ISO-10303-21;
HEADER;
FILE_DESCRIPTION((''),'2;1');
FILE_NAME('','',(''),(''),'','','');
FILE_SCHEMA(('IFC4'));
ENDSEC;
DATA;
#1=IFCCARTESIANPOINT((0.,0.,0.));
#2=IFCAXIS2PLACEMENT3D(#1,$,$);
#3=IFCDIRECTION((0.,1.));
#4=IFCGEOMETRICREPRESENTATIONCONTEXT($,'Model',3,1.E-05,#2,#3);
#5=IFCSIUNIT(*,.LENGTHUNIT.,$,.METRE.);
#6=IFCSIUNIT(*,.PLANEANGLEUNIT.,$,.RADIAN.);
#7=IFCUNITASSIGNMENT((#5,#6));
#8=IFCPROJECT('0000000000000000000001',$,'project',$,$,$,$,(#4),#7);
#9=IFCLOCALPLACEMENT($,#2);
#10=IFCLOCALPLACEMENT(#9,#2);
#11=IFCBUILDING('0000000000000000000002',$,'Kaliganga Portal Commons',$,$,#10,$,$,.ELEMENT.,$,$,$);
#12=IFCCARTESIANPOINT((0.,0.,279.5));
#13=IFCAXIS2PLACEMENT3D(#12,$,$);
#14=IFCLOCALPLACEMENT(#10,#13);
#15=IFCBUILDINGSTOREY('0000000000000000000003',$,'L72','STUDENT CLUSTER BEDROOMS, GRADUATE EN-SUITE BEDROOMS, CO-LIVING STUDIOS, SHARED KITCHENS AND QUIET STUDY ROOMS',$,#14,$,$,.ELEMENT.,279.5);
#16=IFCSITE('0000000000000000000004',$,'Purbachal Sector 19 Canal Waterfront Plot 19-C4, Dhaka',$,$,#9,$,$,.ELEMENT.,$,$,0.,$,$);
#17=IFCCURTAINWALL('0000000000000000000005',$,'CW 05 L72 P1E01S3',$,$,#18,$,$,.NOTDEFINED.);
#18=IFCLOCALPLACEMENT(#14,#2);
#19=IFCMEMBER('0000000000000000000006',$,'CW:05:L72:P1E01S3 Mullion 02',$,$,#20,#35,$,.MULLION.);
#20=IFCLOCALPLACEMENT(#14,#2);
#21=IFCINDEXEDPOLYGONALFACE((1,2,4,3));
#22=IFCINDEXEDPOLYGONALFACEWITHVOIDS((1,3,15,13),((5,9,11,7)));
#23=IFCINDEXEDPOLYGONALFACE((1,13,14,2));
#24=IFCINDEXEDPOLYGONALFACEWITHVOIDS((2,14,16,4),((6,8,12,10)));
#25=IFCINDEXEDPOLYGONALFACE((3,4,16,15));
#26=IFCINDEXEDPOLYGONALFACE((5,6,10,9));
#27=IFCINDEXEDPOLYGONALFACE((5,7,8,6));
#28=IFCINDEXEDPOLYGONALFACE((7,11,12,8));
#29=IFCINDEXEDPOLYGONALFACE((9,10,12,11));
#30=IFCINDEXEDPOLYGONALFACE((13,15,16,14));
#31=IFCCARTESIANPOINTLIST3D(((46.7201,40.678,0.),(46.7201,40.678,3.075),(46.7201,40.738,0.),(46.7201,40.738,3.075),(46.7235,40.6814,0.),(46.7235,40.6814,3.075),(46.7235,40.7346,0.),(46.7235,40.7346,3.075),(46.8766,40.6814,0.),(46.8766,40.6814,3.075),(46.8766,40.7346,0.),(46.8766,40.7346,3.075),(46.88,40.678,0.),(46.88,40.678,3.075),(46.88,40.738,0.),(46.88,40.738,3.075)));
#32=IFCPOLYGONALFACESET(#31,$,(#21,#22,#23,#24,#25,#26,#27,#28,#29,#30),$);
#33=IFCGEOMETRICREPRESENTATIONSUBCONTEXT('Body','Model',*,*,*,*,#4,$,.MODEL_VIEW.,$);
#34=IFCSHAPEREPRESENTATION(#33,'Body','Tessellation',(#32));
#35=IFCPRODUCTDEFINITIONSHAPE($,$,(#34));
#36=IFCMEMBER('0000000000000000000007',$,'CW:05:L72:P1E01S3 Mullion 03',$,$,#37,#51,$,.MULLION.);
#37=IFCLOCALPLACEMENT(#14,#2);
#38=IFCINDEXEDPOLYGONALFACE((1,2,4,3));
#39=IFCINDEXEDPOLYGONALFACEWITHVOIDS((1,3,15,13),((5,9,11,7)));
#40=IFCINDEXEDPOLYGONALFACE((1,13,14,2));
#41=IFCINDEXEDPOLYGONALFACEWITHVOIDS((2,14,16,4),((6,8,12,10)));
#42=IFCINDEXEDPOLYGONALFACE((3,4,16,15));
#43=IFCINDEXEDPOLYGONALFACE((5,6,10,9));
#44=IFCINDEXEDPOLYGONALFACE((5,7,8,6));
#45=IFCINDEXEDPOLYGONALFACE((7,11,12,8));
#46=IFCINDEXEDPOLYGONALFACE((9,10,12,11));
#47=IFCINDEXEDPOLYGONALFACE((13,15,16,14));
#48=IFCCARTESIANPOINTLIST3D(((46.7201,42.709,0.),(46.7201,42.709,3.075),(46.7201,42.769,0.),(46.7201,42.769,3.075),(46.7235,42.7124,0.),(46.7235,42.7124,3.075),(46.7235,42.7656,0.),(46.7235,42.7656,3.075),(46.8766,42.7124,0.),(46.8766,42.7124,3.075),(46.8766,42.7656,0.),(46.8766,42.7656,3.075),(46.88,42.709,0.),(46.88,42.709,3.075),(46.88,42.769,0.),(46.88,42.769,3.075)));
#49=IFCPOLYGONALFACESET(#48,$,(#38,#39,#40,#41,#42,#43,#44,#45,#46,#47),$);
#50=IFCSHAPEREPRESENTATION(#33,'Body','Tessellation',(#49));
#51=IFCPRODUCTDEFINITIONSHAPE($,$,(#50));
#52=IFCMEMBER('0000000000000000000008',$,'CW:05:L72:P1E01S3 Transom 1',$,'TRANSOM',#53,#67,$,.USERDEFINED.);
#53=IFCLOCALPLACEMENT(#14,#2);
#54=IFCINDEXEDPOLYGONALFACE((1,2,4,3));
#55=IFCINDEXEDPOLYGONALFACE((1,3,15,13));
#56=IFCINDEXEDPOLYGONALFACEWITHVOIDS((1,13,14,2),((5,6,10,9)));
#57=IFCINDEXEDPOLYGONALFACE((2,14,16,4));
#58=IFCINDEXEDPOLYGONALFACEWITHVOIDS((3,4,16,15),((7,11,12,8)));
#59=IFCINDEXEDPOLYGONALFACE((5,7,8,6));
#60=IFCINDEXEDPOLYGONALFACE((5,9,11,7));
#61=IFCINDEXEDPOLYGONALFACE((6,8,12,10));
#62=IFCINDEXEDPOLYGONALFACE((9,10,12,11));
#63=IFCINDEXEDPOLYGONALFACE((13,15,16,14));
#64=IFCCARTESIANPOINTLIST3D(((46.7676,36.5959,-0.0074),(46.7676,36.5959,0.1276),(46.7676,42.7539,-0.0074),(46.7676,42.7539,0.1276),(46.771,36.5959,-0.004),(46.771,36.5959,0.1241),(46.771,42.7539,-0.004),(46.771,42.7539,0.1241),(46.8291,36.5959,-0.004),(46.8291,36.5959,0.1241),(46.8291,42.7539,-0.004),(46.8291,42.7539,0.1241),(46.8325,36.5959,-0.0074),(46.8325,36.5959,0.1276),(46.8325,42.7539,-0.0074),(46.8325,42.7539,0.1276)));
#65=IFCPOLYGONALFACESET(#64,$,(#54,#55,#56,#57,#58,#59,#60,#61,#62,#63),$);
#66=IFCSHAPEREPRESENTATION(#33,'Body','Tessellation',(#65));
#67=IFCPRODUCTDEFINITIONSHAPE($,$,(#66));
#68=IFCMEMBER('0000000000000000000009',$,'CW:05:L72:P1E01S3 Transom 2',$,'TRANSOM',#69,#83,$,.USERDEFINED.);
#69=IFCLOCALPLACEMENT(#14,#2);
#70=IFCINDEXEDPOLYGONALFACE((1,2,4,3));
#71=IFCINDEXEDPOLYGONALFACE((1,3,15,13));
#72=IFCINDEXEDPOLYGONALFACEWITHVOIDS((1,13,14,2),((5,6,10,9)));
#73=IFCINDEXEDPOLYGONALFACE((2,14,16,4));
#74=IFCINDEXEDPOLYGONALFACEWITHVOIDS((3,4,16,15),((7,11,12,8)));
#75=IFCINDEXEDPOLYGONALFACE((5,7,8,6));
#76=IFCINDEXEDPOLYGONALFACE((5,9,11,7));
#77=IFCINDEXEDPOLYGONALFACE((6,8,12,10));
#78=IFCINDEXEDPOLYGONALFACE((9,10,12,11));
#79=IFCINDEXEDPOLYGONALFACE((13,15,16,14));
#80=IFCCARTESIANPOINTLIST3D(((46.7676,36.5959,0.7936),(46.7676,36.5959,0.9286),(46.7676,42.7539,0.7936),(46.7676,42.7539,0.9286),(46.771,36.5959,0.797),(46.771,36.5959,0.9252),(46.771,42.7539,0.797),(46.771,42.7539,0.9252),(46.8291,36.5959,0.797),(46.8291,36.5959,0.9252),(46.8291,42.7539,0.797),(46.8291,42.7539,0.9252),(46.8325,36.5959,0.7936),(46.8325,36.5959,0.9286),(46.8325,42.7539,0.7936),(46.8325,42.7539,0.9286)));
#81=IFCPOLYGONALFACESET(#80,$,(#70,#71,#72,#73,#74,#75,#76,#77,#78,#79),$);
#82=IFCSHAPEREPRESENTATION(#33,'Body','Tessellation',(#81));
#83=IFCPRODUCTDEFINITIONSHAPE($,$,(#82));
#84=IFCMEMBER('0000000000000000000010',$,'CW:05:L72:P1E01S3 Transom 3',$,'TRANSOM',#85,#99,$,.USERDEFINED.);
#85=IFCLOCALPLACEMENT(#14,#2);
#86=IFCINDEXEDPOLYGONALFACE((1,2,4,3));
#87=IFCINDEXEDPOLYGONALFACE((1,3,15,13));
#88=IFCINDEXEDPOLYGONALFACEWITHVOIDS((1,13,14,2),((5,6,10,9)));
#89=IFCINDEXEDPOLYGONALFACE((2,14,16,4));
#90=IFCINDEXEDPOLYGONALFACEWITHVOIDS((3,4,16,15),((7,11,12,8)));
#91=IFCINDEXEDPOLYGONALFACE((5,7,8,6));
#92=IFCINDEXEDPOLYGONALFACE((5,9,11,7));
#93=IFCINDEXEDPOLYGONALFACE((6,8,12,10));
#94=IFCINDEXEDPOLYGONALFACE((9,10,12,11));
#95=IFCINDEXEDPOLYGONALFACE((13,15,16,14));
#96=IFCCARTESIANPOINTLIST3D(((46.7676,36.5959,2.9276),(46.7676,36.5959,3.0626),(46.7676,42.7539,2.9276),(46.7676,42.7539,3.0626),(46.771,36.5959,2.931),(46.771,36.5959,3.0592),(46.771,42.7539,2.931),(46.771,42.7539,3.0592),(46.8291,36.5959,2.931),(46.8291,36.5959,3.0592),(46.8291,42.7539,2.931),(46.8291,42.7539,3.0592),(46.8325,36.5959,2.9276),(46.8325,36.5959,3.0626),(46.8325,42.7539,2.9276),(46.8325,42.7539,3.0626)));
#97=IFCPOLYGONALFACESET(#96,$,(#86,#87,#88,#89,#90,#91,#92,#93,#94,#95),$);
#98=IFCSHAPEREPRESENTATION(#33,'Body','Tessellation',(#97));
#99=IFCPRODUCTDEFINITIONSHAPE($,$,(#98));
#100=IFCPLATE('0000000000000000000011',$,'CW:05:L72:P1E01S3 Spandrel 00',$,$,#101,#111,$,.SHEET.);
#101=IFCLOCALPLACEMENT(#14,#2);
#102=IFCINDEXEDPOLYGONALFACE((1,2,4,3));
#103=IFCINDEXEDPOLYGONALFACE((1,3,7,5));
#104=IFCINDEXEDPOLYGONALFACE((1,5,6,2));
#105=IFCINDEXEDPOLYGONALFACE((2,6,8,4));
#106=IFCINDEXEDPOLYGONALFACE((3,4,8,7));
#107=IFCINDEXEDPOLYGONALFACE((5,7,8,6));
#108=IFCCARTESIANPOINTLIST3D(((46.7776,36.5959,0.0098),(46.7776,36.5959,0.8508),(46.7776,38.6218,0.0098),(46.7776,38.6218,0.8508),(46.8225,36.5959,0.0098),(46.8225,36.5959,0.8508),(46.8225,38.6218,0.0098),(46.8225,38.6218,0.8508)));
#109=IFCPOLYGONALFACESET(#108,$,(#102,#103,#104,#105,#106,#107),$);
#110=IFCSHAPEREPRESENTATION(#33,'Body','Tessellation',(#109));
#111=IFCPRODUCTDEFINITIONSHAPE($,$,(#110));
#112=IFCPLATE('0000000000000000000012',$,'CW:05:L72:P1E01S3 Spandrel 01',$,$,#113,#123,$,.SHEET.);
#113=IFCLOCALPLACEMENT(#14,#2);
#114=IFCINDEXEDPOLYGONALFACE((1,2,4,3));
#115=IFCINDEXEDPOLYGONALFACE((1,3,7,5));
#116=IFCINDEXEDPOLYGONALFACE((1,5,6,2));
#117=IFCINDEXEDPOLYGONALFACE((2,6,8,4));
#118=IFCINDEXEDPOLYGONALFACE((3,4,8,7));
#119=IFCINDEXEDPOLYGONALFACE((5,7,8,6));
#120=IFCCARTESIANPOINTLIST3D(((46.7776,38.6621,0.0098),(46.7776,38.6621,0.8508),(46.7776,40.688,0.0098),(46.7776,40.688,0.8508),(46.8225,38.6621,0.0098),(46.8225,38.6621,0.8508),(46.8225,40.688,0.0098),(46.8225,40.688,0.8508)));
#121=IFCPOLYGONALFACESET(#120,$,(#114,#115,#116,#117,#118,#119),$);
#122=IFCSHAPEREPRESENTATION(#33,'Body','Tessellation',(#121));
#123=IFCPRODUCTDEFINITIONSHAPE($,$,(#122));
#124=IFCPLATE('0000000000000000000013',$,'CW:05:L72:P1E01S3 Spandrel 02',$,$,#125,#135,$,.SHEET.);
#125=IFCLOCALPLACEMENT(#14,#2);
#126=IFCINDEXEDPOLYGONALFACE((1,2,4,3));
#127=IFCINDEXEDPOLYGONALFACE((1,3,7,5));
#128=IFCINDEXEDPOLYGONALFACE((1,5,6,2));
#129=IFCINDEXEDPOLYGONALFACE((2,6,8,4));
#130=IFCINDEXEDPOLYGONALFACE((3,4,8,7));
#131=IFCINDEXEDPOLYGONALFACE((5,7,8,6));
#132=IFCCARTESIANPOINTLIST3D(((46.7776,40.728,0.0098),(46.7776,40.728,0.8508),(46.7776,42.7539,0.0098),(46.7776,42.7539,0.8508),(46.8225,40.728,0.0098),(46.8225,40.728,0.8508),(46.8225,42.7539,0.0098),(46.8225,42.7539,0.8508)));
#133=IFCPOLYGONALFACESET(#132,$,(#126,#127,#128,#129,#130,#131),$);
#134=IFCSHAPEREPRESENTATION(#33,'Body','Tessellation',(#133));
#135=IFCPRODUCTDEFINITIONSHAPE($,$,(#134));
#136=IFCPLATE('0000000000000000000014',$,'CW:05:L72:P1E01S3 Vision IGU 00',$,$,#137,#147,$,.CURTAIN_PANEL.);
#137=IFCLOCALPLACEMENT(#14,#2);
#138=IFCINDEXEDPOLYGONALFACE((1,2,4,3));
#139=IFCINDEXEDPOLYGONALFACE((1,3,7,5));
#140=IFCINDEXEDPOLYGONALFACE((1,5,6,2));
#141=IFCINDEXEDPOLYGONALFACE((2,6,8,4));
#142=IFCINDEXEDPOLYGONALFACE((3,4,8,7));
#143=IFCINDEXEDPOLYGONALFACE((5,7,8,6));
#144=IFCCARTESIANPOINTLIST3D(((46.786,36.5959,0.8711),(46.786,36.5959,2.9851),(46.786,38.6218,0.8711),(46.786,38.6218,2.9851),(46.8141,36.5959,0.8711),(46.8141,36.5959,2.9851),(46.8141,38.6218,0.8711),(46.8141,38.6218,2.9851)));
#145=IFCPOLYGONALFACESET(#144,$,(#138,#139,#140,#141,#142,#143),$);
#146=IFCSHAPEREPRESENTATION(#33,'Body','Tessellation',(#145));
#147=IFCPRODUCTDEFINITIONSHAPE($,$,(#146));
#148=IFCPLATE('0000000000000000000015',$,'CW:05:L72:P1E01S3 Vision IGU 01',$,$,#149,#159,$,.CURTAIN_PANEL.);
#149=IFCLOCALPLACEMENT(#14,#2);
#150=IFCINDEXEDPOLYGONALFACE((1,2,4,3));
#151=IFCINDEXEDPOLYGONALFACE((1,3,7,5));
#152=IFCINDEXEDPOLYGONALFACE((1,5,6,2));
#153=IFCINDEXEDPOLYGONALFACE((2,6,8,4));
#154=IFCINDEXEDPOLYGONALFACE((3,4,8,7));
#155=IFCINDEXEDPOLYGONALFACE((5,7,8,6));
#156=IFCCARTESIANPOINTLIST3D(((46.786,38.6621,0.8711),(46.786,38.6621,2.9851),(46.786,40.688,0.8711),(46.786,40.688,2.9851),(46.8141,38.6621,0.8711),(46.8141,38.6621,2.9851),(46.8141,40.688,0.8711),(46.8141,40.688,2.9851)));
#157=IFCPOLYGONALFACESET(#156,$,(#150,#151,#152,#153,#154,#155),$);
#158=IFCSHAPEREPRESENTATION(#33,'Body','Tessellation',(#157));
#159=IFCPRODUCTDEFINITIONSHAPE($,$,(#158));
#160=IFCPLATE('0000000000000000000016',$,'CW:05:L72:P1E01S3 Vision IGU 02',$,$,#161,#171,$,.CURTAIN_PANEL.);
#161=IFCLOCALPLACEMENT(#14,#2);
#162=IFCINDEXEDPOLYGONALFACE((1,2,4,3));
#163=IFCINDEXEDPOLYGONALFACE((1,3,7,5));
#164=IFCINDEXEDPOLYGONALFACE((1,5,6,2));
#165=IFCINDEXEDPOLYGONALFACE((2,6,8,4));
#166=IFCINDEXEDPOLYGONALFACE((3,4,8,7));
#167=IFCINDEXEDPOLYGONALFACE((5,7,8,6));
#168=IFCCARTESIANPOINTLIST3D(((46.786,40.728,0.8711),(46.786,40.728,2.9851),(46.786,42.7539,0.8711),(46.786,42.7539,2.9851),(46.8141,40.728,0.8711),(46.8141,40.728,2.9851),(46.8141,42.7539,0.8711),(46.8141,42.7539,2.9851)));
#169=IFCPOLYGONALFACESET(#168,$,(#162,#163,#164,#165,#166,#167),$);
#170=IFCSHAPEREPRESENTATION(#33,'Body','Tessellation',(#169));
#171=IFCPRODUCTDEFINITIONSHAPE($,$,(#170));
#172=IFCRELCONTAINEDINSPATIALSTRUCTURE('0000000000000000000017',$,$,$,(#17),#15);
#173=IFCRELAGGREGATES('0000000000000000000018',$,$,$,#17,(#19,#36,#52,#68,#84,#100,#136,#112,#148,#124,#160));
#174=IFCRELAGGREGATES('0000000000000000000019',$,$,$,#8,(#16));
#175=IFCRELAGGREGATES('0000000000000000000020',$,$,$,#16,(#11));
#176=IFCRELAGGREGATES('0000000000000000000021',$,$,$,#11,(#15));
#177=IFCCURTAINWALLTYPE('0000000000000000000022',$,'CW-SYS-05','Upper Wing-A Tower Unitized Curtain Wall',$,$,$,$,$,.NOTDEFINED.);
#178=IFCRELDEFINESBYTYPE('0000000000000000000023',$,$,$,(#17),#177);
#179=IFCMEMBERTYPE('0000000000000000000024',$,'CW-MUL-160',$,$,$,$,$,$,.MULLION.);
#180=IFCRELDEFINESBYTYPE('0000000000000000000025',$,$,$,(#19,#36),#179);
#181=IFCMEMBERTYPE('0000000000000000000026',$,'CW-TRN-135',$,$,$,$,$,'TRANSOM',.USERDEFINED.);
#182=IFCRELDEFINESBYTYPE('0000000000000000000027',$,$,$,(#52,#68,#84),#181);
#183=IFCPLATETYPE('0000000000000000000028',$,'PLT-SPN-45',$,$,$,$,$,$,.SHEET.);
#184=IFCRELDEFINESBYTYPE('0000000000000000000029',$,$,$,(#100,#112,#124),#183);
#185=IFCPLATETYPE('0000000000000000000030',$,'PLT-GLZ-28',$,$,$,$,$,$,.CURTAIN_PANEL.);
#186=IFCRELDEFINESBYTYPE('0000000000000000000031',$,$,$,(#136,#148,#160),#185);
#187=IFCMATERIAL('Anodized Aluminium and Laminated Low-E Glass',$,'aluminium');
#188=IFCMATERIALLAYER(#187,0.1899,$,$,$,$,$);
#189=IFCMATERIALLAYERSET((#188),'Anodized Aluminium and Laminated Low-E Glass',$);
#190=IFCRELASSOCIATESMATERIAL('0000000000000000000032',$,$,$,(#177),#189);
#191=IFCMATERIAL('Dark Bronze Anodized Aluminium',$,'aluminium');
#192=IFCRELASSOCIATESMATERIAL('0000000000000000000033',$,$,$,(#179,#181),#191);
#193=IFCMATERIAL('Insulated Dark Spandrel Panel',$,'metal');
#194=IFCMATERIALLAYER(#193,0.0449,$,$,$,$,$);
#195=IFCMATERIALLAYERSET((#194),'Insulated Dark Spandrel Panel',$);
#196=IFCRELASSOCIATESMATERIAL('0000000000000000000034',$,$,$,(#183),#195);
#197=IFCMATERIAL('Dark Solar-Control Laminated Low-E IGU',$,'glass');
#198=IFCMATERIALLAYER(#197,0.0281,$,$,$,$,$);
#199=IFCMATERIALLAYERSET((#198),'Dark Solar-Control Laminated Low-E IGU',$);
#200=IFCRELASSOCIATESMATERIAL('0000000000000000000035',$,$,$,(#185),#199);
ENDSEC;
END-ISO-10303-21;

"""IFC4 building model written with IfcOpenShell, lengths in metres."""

from ifc_helpers import new_model, si_unit, direction, frame, origin, origin_2d, place, context, subcontext, project, spatial, rectangle, hollow_rectangle, extrude, source, transform, mapped, material, layer, layer_set, material_profile, profile_set, type_object, element, aggregate, save


model = new_model("IFC4")

# Units and contexts
model_context = context("Model", 3, precision=1e-05, world=origin(), true_north=direction((0.0, 1.0)))
body_context = subcontext(model_context, "Body", "Model", "MODEL_VIEW")
ifc_project = project(units=[si_unit("LENGTHUNIT", "METRE"), si_unit("PLANEANGLEUNIT", "RADIAN")], contexts=[model_context])

# Site, building, storey
site_placement = place(None, origin())
site = spatial("IfcSite", under=ifc_project, at=site_placement, Name="Purbachal Sector 19 Canal Waterfront Plot 19-C4, Dhaka", CompositionType="ELEMENT", RefElevation=0.0)
building_placement = place(site_placement, origin())
building = spatial("IfcBuilding", under=site, at=building_placement, Name="Kaliganga Portal Commons", CompositionType="ELEMENT")
storey_placement = place(building_placement, frame((0.0, 0.0, 279.5)))
storey = spatial("IfcBuildingStorey", under=building, at=storey_placement, Name="L72", Description="STUDENT CLUSTER BEDROOMS, GRADUATE EN-SUITE BEDROOMS, CO-LIVING STUDIOS, SHARED KITCHENS AND QUIET STUDY ROOMS", CompositionType="ELEMENT", Elevation=279.5)

# Shared definitions
ifc_material_1 = material(Name="Anodized Aluminium and Laminated Low-E Glass", Category="aluminium")
ifc_layer_1 = layer(ifc_material_1, 0.1899)
ifc_layer_set_1 = layer_set([ifc_layer_1], Name="Anodized Aluminium and Laminated Low-E Glass")
curtain_wall_type = type_object("IfcCurtainWallType", Name="CW-SYS-05", Description="Upper Wing-A Tower Unitized Curtain Wall", PredefinedType="NOTDEFINED", material=ifc_layer_set_1)
ifc_material_2 = material(Name="Dark Bronze Anodized Aluminium", Category="aluminium")
ifc_material_profile_1 = material_profile(ifc_material_2, hollow_rectangle(XDim=0.0601, YDim=0.1599, WallThickness=0.0034, at=origin_2d()), Name="ALU MULL 60x160x3.5")
ifc_profile_set_1 = profile_set([ifc_material_profile_1], Name="Dark Bronze Anodized Aluminium")
member_type_1 = type_object("IfcMemberType", Name="CW-MUL-160", PredefinedType="MULLION", material=ifc_profile_set_1)
shared_shape_1 = source(origin(), body_context, "Body", "SweptSolid", [
    extrude(hollow_rectangle(XDim=0.0601, YDim=0.1599, WallThickness=0.0034, at=origin_2d()), origin(), (0.0, 0.0, 1.0), 3.075),
])

# Curtain wall, members, plates
curtain_wall_1_placement = place(storey_placement, origin())
curtain_wall_1 = element("IfcCurtainWall", 1, at=curtain_wall_1_placement, inside=storey, type_object=curtain_wall_type, Name="CW 05 L72 P1E01S3", PredefinedType="NOTDEFINED")
member_1_placement = place(storey_placement, frame((46.8, 40.708, 0.0), z_axis=(0.0, 0.0, 1.0), x_axis=(0.0, 1.0, 0.0)))
member_1 = element("IfcMember", 2, at=member_1_placement, type_object=member_type_1, Name="CW:05:L72:P1E01S3 Mullion 02", PredefinedType="MULLION", context=body_context, shape_type="MappedRepresentation", body=[
    mapped(shared_shape_1, transform((0.0, 0.0, 0.0), x_axis=(1.0, 0.0, 0.0), y_axis=(0.0, 1.0, 0.0), z_axis=(0.0, 0.0, 1.0), scale=1.0)),
])
member_2_placement = place(storey_placement, frame((46.8, 42.739, 0.0), z_axis=(0.0, 0.0, 1.0), x_axis=(0.0, 1.0, 0.0)))
member_2 = element("IfcMember", 3, at=member_2_placement, type_object=member_type_1, Name="CW:05:L72:P1E01S3 Mullion 03", PredefinedType="MULLION", context=body_context, shape_type="MappedRepresentation", body=[
    mapped(shared_shape_1, transform((0.0, 0.0, 0.0), x_axis=(1.0, 0.0, 0.0), y_axis=(0.0, 1.0, 0.0), z_axis=(0.0, 0.0, 1.0), scale=1.0)),
])
ifc_material_profile_2 = material_profile(ifc_material_2, hollow_rectangle(XDim=0.0649, YDim=0.135, WallThickness=0.0034, at=origin_2d()), Name="ALU TRAN 65x135x3.5")
ifc_profile_set_2 = profile_set([ifc_material_profile_2], Name="Dark Bronze Anodized Aluminium")
member_type_2 = type_object("IfcMemberType", Name="CW-TRN-135", ElementType="TRANSOM", PredefinedType="USERDEFINED", material=ifc_profile_set_2)
shared_shape_2 = source(origin(), body_context, "Body", "SweptSolid", [
    extrude(hollow_rectangle(XDim=0.0649, YDim=0.135, WallThickness=0.0034, at=origin_2d()), origin(), (0.0, 0.0, 1.0), 6.158),
])
member_3_placement = place(storey_placement, frame((46.8, 36.5959, 0.0601), z_axis=(0.0, 1.0, 0.0), x_axis=(-1.0, 0.0, 0.0)))
member_3 = element("IfcMember", 4, at=member_3_placement, type_object=member_type_2, Name="CW:05:L72:P1E01S3 Transom 1", ObjectType="TRANSOM", PredefinedType="USERDEFINED", context=body_context, shape_type="MappedRepresentation", body=[
    mapped(shared_shape_2, transform((0.0, 0.0, 0.0), x_axis=(1.0, 0.0, 0.0), y_axis=(0.0, 1.0, 0.0), z_axis=(0.0, 0.0, 1.0), scale=1.0)),
])
member_4_placement = place(storey_placement, frame((46.8, 36.5959, 0.8611), z_axis=(0.0, 1.0, 0.0), x_axis=(-1.0, 0.0, 0.0)))
member_4 = element("IfcMember", 5, at=member_4_placement, type_object=member_type_2, Name="CW:05:L72:P1E01S3 Transom 2", ObjectType="TRANSOM", PredefinedType="USERDEFINED", context=body_context, shape_type="MappedRepresentation", body=[
    mapped(shared_shape_2, transform((0.0, 0.0, 0.0), x_axis=(1.0, 0.0, 0.0), y_axis=(0.0, 1.0, 0.0), z_axis=(0.0, 0.0, 1.0), scale=1.0)),
])
member_5_placement = place(storey_placement, frame((46.8, 36.5959, 2.9951), z_axis=(0.0, 1.0, 0.0), x_axis=(-1.0, 0.0, 0.0)))
member_5 = element("IfcMember", 6, at=member_5_placement, type_object=member_type_2, Name="CW:05:L72:P1E01S3 Transom 3", ObjectType="TRANSOM", PredefinedType="USERDEFINED", context=body_context, shape_type="MappedRepresentation", body=[
    mapped(shared_shape_2, transform((0.0, 0.0, 0.0), x_axis=(1.0, 0.0, 0.0), y_axis=(0.0, 1.0, 0.0), z_axis=(0.0, 0.0, 1.0), scale=1.0)),
])
ifc_material_3 = material(Name="Insulated Dark Spandrel Panel", Category="metal")
ifc_layer_2 = layer(ifc_material_3, 0.0449)
ifc_layer_set_2 = layer_set([ifc_layer_2], Name="Insulated Dark Spandrel Panel")
plate_type_1 = type_object("IfcPlateType", Name="PLT-SPN-45", PredefinedType="SHEET", material=ifc_layer_set_2)
shared_shape_3 = source(origin(), body_context, "Body", "SweptSolid", [
    extrude(rectangle(XDim=2.0259, YDim=0.0449, at=origin_2d()), origin(), (0.0, 0.0, 1.0), 0.8411),
])
plate_1_placement = place(storey_placement, frame((46.8, 37.6089, 0.0098), z_axis=(0.0, 0.0, 1.0), x_axis=(0.0, 1.0, 0.0)))
plate_1 = element("IfcPlate", 7, at=plate_1_placement, type_object=plate_type_1, Name="CW:05:L72:P1E01S3 Spandrel 00", PredefinedType="SHEET", context=body_context, shape_type="MappedRepresentation", body=[
    mapped(shared_shape_3, transform((0.0, 0.0, 0.0), x_axis=(1.0, 0.0, 0.0), y_axis=(0.0, 1.0, 0.0), z_axis=(0.0, 0.0, 1.0), scale=1.0)),
])
plate_2_placement = place(storey_placement, frame((46.8, 39.675, 0.0098), z_axis=(0.0, 0.0, 1.0), x_axis=(0.0, 1.0, 0.0)))
plate_2 = element("IfcPlate", 8, at=plate_2_placement, type_object=plate_type_1, Name="CW:05:L72:P1E01S3 Spandrel 01", PredefinedType="SHEET", context=body_context, shape_type="MappedRepresentation", body=[
    mapped(shared_shape_3, transform((0.0, 0.0, 0.0), x_axis=(1.0, 0.0, 0.0), y_axis=(0.0, 1.0, 0.0), z_axis=(0.0, 0.0, 1.0), scale=1.0)),
])
plate_3_placement = place(storey_placement, frame((46.8, 41.741, 0.0098), z_axis=(0.0, 0.0, 1.0), x_axis=(0.0, 1.0, 0.0)))
plate_3 = element("IfcPlate", 9, at=plate_3_placement, type_object=plate_type_1, Name="CW:05:L72:P1E01S3 Spandrel 02", PredefinedType="SHEET", context=body_context, shape_type="MappedRepresentation", body=[
    mapped(shared_shape_3, transform((0.0, 0.0, 0.0), x_axis=(1.0, 0.0, 0.0), y_axis=(0.0, 1.0, 0.0), z_axis=(0.0, 0.0, 1.0), scale=1.0)),
])
ifc_material_4 = material(Name="Dark Solar-Control Laminated Low-E IGU", Category="glass")
ifc_layer_3 = layer(ifc_material_4, 0.0281)
ifc_layer_set_3 = layer_set([ifc_layer_3], Name="Dark Solar-Control Laminated Low-E IGU")
plate_type_2 = type_object("IfcPlateType", Name="PLT-GLZ-28", PredefinedType="CURTAIN_PANEL", material=ifc_layer_set_3)
shared_shape_4 = source(origin(), body_context, "Body", "SweptSolid", [
    extrude(rectangle(XDim=2.0259, YDim=0.0281, at=origin_2d()), origin(), (0.0, 0.0, 1.0), 2.114),
])
plate_4_placement = place(storey_placement, frame((46.8, 37.6089, 0.8711), z_axis=(0.0, 0.0, 1.0), x_axis=(0.0, 1.0, 0.0)))
plate_4 = element("IfcPlate", 10, at=plate_4_placement, type_object=plate_type_2, Name="CW:05:L72:P1E01S3 Vision IGU 00", PredefinedType="CURTAIN_PANEL", context=body_context, shape_type="MappedRepresentation", body=[
    mapped(shared_shape_4, transform((0.0, 0.0, 0.0), x_axis=(1.0, 0.0, 0.0), y_axis=(0.0, 1.0, 0.0), z_axis=(0.0, 0.0, 1.0), scale=1.0)),
])
plate_5_placement = place(storey_placement, frame((46.8, 39.675, 0.8711), z_axis=(0.0, 0.0, 1.0), x_axis=(0.0, 1.0, 0.0)))
plate_5 = element("IfcPlate", 11, at=plate_5_placement, type_object=plate_type_2, Name="CW:05:L72:P1E01S3 Vision IGU 01", PredefinedType="CURTAIN_PANEL", context=body_context, shape_type="MappedRepresentation", body=[
    mapped(shared_shape_4, transform((0.0, 0.0, 0.0), x_axis=(1.0, 0.0, 0.0), y_axis=(0.0, 1.0, 0.0), z_axis=(0.0, 0.0, 1.0), scale=1.0)),
])
plate_6_placement = place(storey_placement, frame((46.8, 41.741, 0.8711), z_axis=(0.0, 0.0, 1.0), x_axis=(0.0, 1.0, 0.0)))
plate_6 = element("IfcPlate", 12, at=plate_6_placement, type_object=plate_type_2, Name="CW:05:L72:P1E01S3 Vision IGU 02", PredefinedType="CURTAIN_PANEL", context=body_context, shape_type="MappedRepresentation", body=[
    mapped(shared_shape_4, transform((0.0, 0.0, 0.0), x_axis=(1.0, 0.0, 0.0), y_axis=(0.0, 1.0, 0.0), z_axis=(0.0, 0.0, 1.0), scale=1.0)),
])
aggregate(curtain_wall_1, [member_1, member_2, member_3, member_4, member_5, plate_1, plate_4, plate_2, plate_5, plate_3, plate_6])

save(model, "model.ifc")
